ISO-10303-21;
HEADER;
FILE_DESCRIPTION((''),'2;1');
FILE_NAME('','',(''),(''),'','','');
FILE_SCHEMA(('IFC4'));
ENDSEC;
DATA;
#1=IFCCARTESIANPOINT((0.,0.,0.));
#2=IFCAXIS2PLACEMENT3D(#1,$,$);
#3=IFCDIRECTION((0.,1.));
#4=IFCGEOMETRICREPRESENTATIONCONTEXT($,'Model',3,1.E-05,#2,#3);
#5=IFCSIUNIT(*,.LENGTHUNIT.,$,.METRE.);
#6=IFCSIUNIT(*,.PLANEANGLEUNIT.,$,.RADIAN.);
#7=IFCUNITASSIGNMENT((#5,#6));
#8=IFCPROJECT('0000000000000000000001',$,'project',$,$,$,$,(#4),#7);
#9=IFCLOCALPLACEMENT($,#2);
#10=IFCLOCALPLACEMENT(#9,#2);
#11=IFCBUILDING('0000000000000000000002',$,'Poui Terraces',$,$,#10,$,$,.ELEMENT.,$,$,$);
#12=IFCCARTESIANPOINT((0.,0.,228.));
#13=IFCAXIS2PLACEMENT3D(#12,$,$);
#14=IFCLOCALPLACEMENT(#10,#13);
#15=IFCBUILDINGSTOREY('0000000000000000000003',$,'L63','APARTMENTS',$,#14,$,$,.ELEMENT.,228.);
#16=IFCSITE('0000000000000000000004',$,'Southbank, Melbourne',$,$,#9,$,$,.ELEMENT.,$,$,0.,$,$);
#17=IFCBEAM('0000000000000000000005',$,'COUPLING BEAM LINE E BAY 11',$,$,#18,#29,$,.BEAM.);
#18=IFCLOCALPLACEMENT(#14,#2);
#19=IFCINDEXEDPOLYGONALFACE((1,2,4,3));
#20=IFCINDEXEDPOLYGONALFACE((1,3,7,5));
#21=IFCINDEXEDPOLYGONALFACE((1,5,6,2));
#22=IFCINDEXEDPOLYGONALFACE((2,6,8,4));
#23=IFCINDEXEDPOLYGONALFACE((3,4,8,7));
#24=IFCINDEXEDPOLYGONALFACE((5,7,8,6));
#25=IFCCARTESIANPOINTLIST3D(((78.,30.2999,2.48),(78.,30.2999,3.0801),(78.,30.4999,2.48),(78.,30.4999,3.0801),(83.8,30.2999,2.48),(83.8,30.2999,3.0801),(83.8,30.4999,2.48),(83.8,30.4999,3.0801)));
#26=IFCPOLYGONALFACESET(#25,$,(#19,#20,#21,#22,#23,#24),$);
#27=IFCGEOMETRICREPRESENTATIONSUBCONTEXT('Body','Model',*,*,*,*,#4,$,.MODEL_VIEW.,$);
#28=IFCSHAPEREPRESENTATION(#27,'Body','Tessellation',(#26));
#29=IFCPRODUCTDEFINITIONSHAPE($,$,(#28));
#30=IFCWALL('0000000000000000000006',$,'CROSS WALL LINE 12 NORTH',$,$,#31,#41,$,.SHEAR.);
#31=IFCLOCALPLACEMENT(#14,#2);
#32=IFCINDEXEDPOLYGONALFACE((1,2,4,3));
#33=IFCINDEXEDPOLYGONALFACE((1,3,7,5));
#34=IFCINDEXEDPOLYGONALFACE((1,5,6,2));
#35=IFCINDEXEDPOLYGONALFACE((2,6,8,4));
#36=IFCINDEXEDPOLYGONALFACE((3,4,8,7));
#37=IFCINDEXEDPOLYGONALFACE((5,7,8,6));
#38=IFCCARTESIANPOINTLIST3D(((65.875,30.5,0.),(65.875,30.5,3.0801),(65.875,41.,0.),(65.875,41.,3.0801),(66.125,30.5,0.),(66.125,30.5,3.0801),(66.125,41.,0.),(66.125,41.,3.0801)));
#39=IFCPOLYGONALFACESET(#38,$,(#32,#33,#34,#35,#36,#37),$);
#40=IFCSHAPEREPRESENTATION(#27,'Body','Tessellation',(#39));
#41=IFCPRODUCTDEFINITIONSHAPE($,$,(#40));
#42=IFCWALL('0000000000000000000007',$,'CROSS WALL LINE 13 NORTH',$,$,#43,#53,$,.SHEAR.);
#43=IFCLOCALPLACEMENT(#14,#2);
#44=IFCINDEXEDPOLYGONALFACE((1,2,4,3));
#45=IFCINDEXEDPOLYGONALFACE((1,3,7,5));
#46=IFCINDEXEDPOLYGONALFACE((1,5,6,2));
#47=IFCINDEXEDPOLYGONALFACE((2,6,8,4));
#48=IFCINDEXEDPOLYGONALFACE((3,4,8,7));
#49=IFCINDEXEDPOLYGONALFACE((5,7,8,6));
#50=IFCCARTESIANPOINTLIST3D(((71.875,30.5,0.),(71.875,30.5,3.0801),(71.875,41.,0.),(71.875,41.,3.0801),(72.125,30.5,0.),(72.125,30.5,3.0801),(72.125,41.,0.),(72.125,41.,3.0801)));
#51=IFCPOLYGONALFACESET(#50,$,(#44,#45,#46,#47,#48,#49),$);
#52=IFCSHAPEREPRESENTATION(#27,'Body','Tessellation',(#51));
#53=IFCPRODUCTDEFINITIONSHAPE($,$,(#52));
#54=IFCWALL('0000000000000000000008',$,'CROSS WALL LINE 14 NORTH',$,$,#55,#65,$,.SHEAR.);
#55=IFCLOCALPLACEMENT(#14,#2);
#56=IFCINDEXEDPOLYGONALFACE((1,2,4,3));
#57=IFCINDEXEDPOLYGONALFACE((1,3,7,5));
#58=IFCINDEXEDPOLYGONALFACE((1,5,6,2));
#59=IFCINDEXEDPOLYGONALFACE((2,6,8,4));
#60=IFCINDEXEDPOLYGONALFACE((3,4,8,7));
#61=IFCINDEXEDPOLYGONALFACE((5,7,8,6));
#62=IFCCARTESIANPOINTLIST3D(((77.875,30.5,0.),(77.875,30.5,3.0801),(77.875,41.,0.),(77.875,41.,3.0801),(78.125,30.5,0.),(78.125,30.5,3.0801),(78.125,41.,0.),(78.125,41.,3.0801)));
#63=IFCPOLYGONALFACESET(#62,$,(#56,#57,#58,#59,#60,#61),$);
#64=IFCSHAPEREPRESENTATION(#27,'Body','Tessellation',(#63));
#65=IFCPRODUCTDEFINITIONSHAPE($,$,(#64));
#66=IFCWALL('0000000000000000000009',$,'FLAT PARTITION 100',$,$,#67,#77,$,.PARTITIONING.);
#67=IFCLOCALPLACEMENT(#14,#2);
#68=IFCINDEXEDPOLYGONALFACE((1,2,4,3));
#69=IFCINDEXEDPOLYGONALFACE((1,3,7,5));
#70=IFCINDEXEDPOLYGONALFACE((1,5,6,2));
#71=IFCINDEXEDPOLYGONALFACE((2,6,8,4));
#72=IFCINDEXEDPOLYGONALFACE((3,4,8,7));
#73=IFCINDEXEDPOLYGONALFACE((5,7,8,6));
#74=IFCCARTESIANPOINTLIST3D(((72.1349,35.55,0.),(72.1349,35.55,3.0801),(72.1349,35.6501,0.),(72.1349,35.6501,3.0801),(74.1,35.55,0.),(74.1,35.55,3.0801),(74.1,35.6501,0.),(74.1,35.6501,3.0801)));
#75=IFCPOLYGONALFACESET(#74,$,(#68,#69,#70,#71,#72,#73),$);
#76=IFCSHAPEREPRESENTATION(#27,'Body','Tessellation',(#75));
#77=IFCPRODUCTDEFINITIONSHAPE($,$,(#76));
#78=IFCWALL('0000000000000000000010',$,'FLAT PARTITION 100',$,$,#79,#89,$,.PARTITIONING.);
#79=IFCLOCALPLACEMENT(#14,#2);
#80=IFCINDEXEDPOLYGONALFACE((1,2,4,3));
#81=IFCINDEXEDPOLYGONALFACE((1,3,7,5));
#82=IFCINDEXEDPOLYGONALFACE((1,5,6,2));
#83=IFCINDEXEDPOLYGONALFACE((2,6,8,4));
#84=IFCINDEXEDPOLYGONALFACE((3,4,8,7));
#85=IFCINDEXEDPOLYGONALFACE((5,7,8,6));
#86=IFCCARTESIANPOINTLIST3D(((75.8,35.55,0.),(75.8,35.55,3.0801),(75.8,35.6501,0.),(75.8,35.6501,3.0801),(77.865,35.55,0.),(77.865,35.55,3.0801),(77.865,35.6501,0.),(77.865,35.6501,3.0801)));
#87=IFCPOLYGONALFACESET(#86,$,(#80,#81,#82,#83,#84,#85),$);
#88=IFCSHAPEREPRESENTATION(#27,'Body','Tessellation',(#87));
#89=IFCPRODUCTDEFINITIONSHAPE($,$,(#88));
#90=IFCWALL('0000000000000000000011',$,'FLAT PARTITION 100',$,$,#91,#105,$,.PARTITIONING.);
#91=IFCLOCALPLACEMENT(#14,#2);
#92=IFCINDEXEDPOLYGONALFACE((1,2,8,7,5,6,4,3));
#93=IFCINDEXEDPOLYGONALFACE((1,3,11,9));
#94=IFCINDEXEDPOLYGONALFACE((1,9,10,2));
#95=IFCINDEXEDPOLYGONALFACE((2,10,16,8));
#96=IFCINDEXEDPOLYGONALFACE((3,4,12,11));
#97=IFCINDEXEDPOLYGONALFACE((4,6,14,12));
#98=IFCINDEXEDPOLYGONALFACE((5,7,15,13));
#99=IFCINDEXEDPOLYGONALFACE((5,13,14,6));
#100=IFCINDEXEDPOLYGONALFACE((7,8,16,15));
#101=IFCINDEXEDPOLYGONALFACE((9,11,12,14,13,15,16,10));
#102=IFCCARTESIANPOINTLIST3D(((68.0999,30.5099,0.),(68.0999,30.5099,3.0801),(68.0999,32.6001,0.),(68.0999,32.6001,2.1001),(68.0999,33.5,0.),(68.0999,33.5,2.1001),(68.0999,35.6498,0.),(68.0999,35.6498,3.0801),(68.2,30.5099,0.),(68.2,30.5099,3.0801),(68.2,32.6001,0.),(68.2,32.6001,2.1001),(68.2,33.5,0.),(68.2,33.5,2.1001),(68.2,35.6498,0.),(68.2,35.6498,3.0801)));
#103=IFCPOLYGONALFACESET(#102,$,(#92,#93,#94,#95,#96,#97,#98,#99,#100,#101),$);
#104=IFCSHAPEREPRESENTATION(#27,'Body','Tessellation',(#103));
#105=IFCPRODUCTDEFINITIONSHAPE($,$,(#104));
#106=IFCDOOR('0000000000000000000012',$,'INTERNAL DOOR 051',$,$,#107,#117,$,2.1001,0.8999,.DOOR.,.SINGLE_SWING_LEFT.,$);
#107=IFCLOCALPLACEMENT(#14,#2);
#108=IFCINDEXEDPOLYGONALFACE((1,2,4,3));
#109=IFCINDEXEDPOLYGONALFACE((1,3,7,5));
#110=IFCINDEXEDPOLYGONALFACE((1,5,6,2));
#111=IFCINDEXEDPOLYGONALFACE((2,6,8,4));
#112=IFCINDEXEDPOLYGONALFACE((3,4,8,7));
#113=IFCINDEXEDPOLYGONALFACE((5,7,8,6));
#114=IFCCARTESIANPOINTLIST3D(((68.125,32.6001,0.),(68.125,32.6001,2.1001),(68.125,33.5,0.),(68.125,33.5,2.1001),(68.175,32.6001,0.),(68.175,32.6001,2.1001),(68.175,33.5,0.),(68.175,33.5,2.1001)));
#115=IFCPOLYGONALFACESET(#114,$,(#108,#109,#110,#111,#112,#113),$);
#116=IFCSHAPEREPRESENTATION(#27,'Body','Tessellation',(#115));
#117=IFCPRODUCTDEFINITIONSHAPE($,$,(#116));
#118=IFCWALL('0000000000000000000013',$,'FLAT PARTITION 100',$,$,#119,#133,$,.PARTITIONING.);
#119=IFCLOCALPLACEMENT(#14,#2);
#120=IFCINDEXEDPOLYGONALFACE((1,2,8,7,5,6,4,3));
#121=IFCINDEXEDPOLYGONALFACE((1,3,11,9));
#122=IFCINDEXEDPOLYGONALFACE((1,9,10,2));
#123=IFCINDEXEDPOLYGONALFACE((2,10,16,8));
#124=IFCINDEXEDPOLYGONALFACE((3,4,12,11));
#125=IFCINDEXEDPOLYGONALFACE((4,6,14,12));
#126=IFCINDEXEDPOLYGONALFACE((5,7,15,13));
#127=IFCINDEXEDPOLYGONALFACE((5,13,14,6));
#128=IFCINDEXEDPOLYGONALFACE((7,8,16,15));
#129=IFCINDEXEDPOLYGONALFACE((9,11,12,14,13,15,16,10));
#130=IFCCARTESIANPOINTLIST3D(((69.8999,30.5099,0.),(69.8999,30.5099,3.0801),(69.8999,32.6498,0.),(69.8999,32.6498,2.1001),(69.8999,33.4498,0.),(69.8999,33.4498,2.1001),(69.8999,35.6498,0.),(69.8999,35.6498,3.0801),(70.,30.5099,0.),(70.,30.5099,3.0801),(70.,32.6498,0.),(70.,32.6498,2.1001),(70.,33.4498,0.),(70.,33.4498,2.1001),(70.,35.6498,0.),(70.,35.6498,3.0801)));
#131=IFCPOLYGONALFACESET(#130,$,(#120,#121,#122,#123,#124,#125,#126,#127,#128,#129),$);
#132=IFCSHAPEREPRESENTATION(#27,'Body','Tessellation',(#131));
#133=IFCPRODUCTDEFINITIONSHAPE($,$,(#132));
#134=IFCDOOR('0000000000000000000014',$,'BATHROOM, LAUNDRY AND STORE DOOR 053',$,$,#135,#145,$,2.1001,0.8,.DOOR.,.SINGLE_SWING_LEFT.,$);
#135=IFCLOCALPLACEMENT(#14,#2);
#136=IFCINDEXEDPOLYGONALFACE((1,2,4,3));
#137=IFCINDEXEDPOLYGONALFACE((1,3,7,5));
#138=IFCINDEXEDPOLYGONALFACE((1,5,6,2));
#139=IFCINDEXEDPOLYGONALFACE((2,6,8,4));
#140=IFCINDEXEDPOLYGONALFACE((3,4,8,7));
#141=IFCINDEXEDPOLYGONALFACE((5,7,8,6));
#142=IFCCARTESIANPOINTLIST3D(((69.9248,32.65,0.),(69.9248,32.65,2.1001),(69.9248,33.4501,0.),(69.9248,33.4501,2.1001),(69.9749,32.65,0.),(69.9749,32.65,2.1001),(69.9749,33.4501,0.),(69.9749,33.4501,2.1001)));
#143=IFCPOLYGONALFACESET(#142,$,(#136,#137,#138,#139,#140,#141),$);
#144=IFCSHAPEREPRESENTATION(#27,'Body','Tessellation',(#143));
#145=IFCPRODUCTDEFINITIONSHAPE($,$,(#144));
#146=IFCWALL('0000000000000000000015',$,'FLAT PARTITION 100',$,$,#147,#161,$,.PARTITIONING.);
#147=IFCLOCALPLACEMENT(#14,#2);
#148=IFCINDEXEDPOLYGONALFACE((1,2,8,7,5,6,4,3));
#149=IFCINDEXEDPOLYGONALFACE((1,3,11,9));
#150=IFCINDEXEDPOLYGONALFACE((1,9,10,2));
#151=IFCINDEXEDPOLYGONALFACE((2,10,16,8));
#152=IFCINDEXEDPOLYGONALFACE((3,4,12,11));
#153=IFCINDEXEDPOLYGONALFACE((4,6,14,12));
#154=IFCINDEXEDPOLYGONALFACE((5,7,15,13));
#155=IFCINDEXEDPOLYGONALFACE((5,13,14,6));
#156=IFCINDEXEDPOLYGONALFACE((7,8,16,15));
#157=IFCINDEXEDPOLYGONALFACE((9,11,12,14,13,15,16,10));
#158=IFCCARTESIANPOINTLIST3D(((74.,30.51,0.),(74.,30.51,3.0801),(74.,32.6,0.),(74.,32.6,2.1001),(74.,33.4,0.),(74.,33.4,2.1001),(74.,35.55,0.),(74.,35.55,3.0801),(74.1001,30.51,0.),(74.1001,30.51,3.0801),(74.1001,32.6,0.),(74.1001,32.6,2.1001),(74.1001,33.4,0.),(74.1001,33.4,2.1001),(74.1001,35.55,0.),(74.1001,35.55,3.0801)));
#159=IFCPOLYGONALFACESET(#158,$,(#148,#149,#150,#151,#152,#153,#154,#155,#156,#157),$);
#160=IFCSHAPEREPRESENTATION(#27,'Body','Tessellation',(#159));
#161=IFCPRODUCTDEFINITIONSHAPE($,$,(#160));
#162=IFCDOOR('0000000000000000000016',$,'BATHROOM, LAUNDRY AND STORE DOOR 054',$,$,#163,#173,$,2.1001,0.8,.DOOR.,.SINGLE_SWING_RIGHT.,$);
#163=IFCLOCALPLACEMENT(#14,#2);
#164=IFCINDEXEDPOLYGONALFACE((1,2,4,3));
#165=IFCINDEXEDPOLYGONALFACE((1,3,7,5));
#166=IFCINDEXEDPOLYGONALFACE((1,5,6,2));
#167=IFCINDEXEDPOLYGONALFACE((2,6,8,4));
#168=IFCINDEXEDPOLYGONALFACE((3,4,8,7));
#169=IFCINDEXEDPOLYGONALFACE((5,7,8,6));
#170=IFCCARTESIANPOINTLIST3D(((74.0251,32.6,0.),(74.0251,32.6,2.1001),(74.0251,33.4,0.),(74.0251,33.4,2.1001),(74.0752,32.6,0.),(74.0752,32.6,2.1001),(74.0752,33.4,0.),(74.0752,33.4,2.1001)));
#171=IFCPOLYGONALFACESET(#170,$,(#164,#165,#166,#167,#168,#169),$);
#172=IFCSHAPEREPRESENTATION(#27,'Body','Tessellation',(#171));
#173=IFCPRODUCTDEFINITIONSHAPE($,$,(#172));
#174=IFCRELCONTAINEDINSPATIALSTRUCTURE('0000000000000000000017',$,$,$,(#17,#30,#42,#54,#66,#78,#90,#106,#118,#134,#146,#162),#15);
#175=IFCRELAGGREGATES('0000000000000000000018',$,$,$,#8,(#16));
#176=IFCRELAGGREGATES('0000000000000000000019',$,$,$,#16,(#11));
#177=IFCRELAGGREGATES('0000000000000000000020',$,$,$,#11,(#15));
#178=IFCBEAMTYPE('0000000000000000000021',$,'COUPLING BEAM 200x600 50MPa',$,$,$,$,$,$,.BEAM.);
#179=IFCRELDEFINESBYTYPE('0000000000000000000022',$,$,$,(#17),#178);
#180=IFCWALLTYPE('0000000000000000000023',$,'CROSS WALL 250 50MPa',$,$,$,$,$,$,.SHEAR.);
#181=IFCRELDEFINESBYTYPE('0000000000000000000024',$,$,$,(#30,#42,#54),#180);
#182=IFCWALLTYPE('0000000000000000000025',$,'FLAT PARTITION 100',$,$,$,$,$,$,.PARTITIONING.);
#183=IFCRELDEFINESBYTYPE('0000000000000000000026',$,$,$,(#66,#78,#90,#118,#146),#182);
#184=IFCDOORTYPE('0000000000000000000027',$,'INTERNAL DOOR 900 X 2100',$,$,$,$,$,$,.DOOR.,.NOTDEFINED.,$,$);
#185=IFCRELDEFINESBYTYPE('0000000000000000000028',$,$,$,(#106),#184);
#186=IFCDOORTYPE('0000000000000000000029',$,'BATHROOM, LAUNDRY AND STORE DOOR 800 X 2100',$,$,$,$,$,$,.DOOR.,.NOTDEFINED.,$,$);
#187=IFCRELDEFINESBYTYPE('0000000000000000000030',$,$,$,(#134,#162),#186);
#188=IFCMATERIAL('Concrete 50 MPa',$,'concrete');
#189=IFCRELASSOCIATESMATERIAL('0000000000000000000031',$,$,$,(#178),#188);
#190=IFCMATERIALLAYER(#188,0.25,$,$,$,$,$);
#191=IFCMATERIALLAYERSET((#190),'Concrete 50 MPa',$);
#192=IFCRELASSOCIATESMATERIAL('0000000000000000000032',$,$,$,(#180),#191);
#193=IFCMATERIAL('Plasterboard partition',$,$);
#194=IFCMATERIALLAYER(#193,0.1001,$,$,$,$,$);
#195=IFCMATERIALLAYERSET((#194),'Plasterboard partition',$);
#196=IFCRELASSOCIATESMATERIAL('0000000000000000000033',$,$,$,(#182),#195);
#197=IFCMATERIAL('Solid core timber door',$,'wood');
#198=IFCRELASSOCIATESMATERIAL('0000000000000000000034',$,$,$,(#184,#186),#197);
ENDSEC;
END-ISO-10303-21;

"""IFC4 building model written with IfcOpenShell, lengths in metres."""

from ifc_helpers import new_model, si_unit, direction, frame, frame_2d, origin, origin_2d, place, context, subcontext, project, spatial, rectangle, extrude, source, transform, mapped, material, layer, layer_set, material_profile, profile_set, type_object, element, fill, save


model = new_model("IFC4")

# Units and contexts
model_context = context("Model", 3, precision=1e-05, world=origin(), true_north=direction((0.0, 1.0)))
body_context = subcontext(model_context, "Body", "Model", "MODEL_VIEW")
ifc_project = project(units=[si_unit("LENGTHUNIT", "METRE"), si_unit("PLANEANGLEUNIT", "RADIAN")], contexts=[model_context])

# Site, building, storey
site_placement = place(None, origin())
site = spatial("IfcSite", under=ifc_project, at=site_placement, Name="Southbank, Melbourne", CompositionType="ELEMENT", RefElevation=0.0)
building_placement = place(site_placement, origin())
building = spatial("IfcBuilding", under=site, at=building_placement, Name="Poui Terraces", CompositionType="ELEMENT")
storey_placement = place(building_placement, frame((0.0, 0.0, 228.0)))
storey = spatial("IfcBuildingStorey", under=building, at=storey_placement, Name="L63", Description="APARTMENTS", CompositionType="ELEMENT", Elevation=228.0)

# Beam
ifc_material_1 = material(Name="Concrete 50 MPa", Category="concrete")
ifc_material_profile = material_profile(ifc_material_1, rectangle(XDim=0.2, YDim=0.6001, at=origin_2d()), Name="RC 200x600")
ifc_profile_set = profile_set([ifc_material_profile], Name="Concrete 50 MPa")
beam_type = type_object("IfcBeamType", Name="COUPLING BEAM 200x600 50MPa", PredefinedType="BEAM", material=ifc_profile_set)
shared_shape = source(origin(), body_context, "Body", "SweptSolid", [
    extrude(rectangle(XDim=0.2, YDim=0.6001, at=origin_2d()), origin(), (0.0, 0.0, 1.0), 5.8),
])
beam_placement = place(storey_placement, frame((78.0, 30.3999, 2.78), z_axis=(1.0, 0.0, 0.0), x_axis=(0.0, 1.0, 0.0)))
element("IfcBeam", 1, at=beam_placement, inside=storey, type_object=beam_type, Name="COUPLING BEAM LINE E BAY 11", PredefinedType="BEAM", context=body_context, shape_type="MappedRepresentation", body=[
    mapped(shared_shape, transform((0.0, 0.0, 0.0))),
])

# Walls
ifc_layer_1 = layer(ifc_material_1, 0.25)
ifc_layer_set_1 = layer_set([ifc_layer_1], Name="Concrete 50 MPa")
wall_type_1 = type_object("IfcWallType", Name="CROSS WALL 250 50MPa", PredefinedType="SHEAR", material=ifc_layer_set_1)
for number, where, z_axis, x_axis, name in (
    (2, (66.0, 30.5, 0.0), (0.0, 0.0, 1.0), (0.0, 1.0, 0.0), "CROSS WALL LINE 12 NORTH"),
    (3, (72.0, 30.5, 0.0), (0.0, 0.0, 1.0), (0.0, 1.0, 0.0), "CROSS WALL LINE 13 NORTH"),
    (4, (78.0, 30.5, 0.0), (0.0, 0.0, 1.0), (0.0, 1.0, 0.0), "CROSS WALL LINE 14 NORTH"),
):
    element("IfcWall", number, at=place(storey_placement, frame(where, z_axis=z_axis, x_axis=x_axis)), inside=storey, type_object=wall_type_1, Name=name, PredefinedType="SHEAR", context=body_context, shape_type="SweptSolid", body=[
        extrude(rectangle(XDim=10.5, YDim=0.25, at=frame_2d((5.25, 0.0))), origin(), (0.0, 0.0, 1.0), 3.0801),
    ])
ifc_material_2 = material(Name="Plasterboard partition")
ifc_layer_2 = layer(ifc_material_2, 0.1001)
ifc_layer_set_2 = layer_set([ifc_layer_2], Name="Plasterboard partition")
wall_type_2 = type_object("IfcWallType", Name="FLAT PARTITION 100", PredefinedType="PARTITIONING", material=ifc_layer_set_2)
wall_1_placement = place(storey_placement, frame((72.135, 35.6001, 0.0), z_axis=(0.0, 0.0, 1.0), x_axis=(1.0, 0.0, 0.0)))
element("IfcWall", 5, at=wall_1_placement, inside=storey, type_object=wall_type_2, Name="FLAT PARTITION 100", PredefinedType="PARTITIONING", context=body_context, shape_type="SweptSolid", body=[
    extrude(rectangle(XDim=1.9651, YDim=0.1001, at=frame_2d((0.9824, 0.0))), origin(), (0.0, 0.0, 1.0), 3.0801),
])
wall_2_placement = place(storey_placement, frame((75.8, 35.6001, 0.0), z_axis=(0.0, 0.0, 1.0), x_axis=(1.0, 0.0, 0.0)))
element("IfcWall", 6, at=wall_2_placement, inside=storey, type_object=wall_type_2, Name="FLAT PARTITION 100", PredefinedType="PARTITIONING", context=body_context, shape_type="SweptSolid", body=[
    extrude(rectangle(XDim=2.0649, YDim=0.1001, at=frame_2d((1.0325, 0.0))), origin(), (0.0, 0.0, 1.0), 3.0801),
])

# Walls, openings, doors
wall_3_placement = place(storey_placement, frame((68.1499, 30.51, 0.0), z_axis=(0.0, 0.0, 1.0), x_axis=(0.0, 1.0, 0.0)))
wall_3 = element("IfcWall", 7, at=wall_3_placement, inside=storey, type_object=wall_type_2, Name="FLAT PARTITION 100", PredefinedType="PARTITIONING", context=body_context, shape_type="SweptSolid", body=[
    extrude(rectangle(XDim=5.1399, YDim=0.1001, at=frame_2d((2.5698, 0.0))), origin(), (0.0, 0.0, 1.0), 3.0801),
])
opening_1_placement = place(wall_3_placement, frame((2.0901, 0.0, 0.0)))
opening_1 = element("IfcOpeningElement", 8, at=opening_1_placement, cuts=wall_3, PredefinedType="OPENING", context=body_context, shape_type="SweptSolid", body=[
    extrude(rectangle(XDim=0.8999, YDim=2.1001, at=frame_2d((0.45, 1.05))), frame((0.0, 0.0601, 0.0), z_axis=(0.0, -1.0, 0.0), x_axis=(1.0, 0.0, 0.0)), (0.0, 0.0, 1.0), 0.1201),
])
ifc_material_3 = material(Name="Solid core timber door", Category="wood")
door_type_1 = type_object("IfcDoorType", Name="INTERNAL DOOR 900 X 2100", OperationType="NOTDEFINED", PredefinedType="DOOR", material=ifc_material_3)
door_1_placement = place(opening_1_placement, origin())
door_1 = element("IfcDoor", 9, at=door_1_placement, inside=storey, type_object=door_type_1, Name="INTERNAL DOOR 051", OperationType="SINGLE_SWING_LEFT", OverallHeight=2.1001, OverallWidth=0.8999, PredefinedType="DOOR", context=body_context, shape_type="SweptSolid", body=[
    extrude(rectangle(XDim=0.8999, YDim=2.1001, at=frame_2d((0.45, 1.05))), frame((0.0, 0.0249, 0.0), z_axis=(0.0, -1.0, 0.0), x_axis=(1.0, 0.0, 0.0)), (0.0, 0.0, 1.0), 0.05),
])
fill(opening_1, door_1)
wall_4_placement = place(storey_placement, frame((69.95, 30.51, 0.0), z_axis=(0.0, 0.0, 1.0), x_axis=(0.0, 1.0, 0.0)))
wall_4 = element("IfcWall", 10, at=wall_4_placement, inside=storey, type_object=wall_type_2, Name="FLAT PARTITION 100", PredefinedType="PARTITIONING", context=body_context, shape_type="SweptSolid", body=[
    extrude(rectangle(XDim=5.1399, YDim=0.1001, at=frame_2d((2.5698, 0.0))), origin(), (0.0, 0.0, 1.0), 3.0801),
])
opening_2_placement = place(wall_4_placement, frame((2.1399, 0.0, 0.0)))
opening_2 = element("IfcOpeningElement", 11, at=opening_2_placement, cuts=wall_4, PredefinedType="OPENING", context=body_context, shape_type="SweptSolid", body=[
    extrude(rectangle(XDim=0.8, YDim=2.1001, at=frame_2d((0.3999, 1.05))), frame((0.0, 0.0601, 0.0), z_axis=(0.0, -1.0, 0.0), x_axis=(1.0, 0.0, 0.0)), (0.0, 0.0, 1.0), 0.1201),
])
door_type_2 = type_object("IfcDoorType", Name="BATHROOM, LAUNDRY AND STORE DOOR 800 X 2100", OperationType="NOTDEFINED", PredefinedType="DOOR", material=ifc_material_3)
door_2_placement = place(opening_2_placement, frame((0.8, 0.0, 0.0), z_axis=(0.0, 0.0, 1.0), x_axis=(-1.0, 0.0, 0.0)))
door_2 = element("IfcDoor", 12, at=door_2_placement, inside=storey, type_object=door_type_2, Name="BATHROOM, LAUNDRY AND STORE DOOR 053", OperationType="SINGLE_SWING_LEFT", OverallHeight=2.1001, OverallWidth=0.8, PredefinedType="DOOR", context=body_context, shape_type="SweptSolid", body=[
    extrude(rectangle(XDim=0.8, YDim=2.1001, at=frame_2d((0.3999, 1.05))), frame((0.0, 0.0249, 0.0), z_axis=(0.0, -1.0, 0.0), x_axis=(1.0, 0.0, 0.0)), (0.0, 0.0, 1.0), 0.05),
])
fill(opening_2, door_2)
wall_5_placement = place(storey_placement, frame((74.05, 30.51, 0.0), z_axis=(0.0, 0.0, 1.0), x_axis=(0.0, 1.0, 0.0)))
wall_5 = element("IfcWall", 13, at=wall_5_placement, inside=storey, type_object=wall_type_2, Name="FLAT PARTITION 100", PredefinedType="PARTITIONING", context=body_context, shape_type="SweptSolid", body=[
    extrude(rectangle(XDim=5.04, YDim=0.1001, at=frame_2d((2.52, 0.0))), origin(), (0.0, 0.0, 1.0), 3.0801),
])
opening_3_placement = place(wall_5_placement, frame((2.0901, 0.0, 0.0)))
opening_3 = element("IfcOpeningElement", 14, at=opening_3_placement, cuts=wall_5, PredefinedType="OPENING", context=body_context, shape_type="SweptSolid", body=[
    extrude(rectangle(XDim=0.8, YDim=2.1001, at=frame_2d((0.3999, 1.05))), frame((0.0, 0.0601, 0.0), z_axis=(0.0, -1.0, 0.0), x_axis=(1.0, 0.0, 0.0)), (0.0, 0.0, 1.0), 0.1201),
])
door_3_placement = place(opening_3_placement, origin())
door_3 = element("IfcDoor", 15, at=door_3_placement, inside=storey, type_object=door_type_2, Name="BATHROOM, LAUNDRY AND STORE DOOR 054", OperationType="SINGLE_SWING_RIGHT", OverallHeight=2.1001, OverallWidth=0.8, PredefinedType="DOOR", context=body_context, shape_type="SweptSolid", body=[
    extrude(rectangle(XDim=0.8, YDim=2.1001, at=frame_2d((0.3999, 1.05))), frame((0.0, 0.0249, 0.0), z_axis=(0.0, -1.0, 0.0), x_axis=(1.0, 0.0, 0.0)), (0.0, 0.0, 1.0), 0.05),
])
fill(opening_3, door_3)

save(model, "model.ifc")
